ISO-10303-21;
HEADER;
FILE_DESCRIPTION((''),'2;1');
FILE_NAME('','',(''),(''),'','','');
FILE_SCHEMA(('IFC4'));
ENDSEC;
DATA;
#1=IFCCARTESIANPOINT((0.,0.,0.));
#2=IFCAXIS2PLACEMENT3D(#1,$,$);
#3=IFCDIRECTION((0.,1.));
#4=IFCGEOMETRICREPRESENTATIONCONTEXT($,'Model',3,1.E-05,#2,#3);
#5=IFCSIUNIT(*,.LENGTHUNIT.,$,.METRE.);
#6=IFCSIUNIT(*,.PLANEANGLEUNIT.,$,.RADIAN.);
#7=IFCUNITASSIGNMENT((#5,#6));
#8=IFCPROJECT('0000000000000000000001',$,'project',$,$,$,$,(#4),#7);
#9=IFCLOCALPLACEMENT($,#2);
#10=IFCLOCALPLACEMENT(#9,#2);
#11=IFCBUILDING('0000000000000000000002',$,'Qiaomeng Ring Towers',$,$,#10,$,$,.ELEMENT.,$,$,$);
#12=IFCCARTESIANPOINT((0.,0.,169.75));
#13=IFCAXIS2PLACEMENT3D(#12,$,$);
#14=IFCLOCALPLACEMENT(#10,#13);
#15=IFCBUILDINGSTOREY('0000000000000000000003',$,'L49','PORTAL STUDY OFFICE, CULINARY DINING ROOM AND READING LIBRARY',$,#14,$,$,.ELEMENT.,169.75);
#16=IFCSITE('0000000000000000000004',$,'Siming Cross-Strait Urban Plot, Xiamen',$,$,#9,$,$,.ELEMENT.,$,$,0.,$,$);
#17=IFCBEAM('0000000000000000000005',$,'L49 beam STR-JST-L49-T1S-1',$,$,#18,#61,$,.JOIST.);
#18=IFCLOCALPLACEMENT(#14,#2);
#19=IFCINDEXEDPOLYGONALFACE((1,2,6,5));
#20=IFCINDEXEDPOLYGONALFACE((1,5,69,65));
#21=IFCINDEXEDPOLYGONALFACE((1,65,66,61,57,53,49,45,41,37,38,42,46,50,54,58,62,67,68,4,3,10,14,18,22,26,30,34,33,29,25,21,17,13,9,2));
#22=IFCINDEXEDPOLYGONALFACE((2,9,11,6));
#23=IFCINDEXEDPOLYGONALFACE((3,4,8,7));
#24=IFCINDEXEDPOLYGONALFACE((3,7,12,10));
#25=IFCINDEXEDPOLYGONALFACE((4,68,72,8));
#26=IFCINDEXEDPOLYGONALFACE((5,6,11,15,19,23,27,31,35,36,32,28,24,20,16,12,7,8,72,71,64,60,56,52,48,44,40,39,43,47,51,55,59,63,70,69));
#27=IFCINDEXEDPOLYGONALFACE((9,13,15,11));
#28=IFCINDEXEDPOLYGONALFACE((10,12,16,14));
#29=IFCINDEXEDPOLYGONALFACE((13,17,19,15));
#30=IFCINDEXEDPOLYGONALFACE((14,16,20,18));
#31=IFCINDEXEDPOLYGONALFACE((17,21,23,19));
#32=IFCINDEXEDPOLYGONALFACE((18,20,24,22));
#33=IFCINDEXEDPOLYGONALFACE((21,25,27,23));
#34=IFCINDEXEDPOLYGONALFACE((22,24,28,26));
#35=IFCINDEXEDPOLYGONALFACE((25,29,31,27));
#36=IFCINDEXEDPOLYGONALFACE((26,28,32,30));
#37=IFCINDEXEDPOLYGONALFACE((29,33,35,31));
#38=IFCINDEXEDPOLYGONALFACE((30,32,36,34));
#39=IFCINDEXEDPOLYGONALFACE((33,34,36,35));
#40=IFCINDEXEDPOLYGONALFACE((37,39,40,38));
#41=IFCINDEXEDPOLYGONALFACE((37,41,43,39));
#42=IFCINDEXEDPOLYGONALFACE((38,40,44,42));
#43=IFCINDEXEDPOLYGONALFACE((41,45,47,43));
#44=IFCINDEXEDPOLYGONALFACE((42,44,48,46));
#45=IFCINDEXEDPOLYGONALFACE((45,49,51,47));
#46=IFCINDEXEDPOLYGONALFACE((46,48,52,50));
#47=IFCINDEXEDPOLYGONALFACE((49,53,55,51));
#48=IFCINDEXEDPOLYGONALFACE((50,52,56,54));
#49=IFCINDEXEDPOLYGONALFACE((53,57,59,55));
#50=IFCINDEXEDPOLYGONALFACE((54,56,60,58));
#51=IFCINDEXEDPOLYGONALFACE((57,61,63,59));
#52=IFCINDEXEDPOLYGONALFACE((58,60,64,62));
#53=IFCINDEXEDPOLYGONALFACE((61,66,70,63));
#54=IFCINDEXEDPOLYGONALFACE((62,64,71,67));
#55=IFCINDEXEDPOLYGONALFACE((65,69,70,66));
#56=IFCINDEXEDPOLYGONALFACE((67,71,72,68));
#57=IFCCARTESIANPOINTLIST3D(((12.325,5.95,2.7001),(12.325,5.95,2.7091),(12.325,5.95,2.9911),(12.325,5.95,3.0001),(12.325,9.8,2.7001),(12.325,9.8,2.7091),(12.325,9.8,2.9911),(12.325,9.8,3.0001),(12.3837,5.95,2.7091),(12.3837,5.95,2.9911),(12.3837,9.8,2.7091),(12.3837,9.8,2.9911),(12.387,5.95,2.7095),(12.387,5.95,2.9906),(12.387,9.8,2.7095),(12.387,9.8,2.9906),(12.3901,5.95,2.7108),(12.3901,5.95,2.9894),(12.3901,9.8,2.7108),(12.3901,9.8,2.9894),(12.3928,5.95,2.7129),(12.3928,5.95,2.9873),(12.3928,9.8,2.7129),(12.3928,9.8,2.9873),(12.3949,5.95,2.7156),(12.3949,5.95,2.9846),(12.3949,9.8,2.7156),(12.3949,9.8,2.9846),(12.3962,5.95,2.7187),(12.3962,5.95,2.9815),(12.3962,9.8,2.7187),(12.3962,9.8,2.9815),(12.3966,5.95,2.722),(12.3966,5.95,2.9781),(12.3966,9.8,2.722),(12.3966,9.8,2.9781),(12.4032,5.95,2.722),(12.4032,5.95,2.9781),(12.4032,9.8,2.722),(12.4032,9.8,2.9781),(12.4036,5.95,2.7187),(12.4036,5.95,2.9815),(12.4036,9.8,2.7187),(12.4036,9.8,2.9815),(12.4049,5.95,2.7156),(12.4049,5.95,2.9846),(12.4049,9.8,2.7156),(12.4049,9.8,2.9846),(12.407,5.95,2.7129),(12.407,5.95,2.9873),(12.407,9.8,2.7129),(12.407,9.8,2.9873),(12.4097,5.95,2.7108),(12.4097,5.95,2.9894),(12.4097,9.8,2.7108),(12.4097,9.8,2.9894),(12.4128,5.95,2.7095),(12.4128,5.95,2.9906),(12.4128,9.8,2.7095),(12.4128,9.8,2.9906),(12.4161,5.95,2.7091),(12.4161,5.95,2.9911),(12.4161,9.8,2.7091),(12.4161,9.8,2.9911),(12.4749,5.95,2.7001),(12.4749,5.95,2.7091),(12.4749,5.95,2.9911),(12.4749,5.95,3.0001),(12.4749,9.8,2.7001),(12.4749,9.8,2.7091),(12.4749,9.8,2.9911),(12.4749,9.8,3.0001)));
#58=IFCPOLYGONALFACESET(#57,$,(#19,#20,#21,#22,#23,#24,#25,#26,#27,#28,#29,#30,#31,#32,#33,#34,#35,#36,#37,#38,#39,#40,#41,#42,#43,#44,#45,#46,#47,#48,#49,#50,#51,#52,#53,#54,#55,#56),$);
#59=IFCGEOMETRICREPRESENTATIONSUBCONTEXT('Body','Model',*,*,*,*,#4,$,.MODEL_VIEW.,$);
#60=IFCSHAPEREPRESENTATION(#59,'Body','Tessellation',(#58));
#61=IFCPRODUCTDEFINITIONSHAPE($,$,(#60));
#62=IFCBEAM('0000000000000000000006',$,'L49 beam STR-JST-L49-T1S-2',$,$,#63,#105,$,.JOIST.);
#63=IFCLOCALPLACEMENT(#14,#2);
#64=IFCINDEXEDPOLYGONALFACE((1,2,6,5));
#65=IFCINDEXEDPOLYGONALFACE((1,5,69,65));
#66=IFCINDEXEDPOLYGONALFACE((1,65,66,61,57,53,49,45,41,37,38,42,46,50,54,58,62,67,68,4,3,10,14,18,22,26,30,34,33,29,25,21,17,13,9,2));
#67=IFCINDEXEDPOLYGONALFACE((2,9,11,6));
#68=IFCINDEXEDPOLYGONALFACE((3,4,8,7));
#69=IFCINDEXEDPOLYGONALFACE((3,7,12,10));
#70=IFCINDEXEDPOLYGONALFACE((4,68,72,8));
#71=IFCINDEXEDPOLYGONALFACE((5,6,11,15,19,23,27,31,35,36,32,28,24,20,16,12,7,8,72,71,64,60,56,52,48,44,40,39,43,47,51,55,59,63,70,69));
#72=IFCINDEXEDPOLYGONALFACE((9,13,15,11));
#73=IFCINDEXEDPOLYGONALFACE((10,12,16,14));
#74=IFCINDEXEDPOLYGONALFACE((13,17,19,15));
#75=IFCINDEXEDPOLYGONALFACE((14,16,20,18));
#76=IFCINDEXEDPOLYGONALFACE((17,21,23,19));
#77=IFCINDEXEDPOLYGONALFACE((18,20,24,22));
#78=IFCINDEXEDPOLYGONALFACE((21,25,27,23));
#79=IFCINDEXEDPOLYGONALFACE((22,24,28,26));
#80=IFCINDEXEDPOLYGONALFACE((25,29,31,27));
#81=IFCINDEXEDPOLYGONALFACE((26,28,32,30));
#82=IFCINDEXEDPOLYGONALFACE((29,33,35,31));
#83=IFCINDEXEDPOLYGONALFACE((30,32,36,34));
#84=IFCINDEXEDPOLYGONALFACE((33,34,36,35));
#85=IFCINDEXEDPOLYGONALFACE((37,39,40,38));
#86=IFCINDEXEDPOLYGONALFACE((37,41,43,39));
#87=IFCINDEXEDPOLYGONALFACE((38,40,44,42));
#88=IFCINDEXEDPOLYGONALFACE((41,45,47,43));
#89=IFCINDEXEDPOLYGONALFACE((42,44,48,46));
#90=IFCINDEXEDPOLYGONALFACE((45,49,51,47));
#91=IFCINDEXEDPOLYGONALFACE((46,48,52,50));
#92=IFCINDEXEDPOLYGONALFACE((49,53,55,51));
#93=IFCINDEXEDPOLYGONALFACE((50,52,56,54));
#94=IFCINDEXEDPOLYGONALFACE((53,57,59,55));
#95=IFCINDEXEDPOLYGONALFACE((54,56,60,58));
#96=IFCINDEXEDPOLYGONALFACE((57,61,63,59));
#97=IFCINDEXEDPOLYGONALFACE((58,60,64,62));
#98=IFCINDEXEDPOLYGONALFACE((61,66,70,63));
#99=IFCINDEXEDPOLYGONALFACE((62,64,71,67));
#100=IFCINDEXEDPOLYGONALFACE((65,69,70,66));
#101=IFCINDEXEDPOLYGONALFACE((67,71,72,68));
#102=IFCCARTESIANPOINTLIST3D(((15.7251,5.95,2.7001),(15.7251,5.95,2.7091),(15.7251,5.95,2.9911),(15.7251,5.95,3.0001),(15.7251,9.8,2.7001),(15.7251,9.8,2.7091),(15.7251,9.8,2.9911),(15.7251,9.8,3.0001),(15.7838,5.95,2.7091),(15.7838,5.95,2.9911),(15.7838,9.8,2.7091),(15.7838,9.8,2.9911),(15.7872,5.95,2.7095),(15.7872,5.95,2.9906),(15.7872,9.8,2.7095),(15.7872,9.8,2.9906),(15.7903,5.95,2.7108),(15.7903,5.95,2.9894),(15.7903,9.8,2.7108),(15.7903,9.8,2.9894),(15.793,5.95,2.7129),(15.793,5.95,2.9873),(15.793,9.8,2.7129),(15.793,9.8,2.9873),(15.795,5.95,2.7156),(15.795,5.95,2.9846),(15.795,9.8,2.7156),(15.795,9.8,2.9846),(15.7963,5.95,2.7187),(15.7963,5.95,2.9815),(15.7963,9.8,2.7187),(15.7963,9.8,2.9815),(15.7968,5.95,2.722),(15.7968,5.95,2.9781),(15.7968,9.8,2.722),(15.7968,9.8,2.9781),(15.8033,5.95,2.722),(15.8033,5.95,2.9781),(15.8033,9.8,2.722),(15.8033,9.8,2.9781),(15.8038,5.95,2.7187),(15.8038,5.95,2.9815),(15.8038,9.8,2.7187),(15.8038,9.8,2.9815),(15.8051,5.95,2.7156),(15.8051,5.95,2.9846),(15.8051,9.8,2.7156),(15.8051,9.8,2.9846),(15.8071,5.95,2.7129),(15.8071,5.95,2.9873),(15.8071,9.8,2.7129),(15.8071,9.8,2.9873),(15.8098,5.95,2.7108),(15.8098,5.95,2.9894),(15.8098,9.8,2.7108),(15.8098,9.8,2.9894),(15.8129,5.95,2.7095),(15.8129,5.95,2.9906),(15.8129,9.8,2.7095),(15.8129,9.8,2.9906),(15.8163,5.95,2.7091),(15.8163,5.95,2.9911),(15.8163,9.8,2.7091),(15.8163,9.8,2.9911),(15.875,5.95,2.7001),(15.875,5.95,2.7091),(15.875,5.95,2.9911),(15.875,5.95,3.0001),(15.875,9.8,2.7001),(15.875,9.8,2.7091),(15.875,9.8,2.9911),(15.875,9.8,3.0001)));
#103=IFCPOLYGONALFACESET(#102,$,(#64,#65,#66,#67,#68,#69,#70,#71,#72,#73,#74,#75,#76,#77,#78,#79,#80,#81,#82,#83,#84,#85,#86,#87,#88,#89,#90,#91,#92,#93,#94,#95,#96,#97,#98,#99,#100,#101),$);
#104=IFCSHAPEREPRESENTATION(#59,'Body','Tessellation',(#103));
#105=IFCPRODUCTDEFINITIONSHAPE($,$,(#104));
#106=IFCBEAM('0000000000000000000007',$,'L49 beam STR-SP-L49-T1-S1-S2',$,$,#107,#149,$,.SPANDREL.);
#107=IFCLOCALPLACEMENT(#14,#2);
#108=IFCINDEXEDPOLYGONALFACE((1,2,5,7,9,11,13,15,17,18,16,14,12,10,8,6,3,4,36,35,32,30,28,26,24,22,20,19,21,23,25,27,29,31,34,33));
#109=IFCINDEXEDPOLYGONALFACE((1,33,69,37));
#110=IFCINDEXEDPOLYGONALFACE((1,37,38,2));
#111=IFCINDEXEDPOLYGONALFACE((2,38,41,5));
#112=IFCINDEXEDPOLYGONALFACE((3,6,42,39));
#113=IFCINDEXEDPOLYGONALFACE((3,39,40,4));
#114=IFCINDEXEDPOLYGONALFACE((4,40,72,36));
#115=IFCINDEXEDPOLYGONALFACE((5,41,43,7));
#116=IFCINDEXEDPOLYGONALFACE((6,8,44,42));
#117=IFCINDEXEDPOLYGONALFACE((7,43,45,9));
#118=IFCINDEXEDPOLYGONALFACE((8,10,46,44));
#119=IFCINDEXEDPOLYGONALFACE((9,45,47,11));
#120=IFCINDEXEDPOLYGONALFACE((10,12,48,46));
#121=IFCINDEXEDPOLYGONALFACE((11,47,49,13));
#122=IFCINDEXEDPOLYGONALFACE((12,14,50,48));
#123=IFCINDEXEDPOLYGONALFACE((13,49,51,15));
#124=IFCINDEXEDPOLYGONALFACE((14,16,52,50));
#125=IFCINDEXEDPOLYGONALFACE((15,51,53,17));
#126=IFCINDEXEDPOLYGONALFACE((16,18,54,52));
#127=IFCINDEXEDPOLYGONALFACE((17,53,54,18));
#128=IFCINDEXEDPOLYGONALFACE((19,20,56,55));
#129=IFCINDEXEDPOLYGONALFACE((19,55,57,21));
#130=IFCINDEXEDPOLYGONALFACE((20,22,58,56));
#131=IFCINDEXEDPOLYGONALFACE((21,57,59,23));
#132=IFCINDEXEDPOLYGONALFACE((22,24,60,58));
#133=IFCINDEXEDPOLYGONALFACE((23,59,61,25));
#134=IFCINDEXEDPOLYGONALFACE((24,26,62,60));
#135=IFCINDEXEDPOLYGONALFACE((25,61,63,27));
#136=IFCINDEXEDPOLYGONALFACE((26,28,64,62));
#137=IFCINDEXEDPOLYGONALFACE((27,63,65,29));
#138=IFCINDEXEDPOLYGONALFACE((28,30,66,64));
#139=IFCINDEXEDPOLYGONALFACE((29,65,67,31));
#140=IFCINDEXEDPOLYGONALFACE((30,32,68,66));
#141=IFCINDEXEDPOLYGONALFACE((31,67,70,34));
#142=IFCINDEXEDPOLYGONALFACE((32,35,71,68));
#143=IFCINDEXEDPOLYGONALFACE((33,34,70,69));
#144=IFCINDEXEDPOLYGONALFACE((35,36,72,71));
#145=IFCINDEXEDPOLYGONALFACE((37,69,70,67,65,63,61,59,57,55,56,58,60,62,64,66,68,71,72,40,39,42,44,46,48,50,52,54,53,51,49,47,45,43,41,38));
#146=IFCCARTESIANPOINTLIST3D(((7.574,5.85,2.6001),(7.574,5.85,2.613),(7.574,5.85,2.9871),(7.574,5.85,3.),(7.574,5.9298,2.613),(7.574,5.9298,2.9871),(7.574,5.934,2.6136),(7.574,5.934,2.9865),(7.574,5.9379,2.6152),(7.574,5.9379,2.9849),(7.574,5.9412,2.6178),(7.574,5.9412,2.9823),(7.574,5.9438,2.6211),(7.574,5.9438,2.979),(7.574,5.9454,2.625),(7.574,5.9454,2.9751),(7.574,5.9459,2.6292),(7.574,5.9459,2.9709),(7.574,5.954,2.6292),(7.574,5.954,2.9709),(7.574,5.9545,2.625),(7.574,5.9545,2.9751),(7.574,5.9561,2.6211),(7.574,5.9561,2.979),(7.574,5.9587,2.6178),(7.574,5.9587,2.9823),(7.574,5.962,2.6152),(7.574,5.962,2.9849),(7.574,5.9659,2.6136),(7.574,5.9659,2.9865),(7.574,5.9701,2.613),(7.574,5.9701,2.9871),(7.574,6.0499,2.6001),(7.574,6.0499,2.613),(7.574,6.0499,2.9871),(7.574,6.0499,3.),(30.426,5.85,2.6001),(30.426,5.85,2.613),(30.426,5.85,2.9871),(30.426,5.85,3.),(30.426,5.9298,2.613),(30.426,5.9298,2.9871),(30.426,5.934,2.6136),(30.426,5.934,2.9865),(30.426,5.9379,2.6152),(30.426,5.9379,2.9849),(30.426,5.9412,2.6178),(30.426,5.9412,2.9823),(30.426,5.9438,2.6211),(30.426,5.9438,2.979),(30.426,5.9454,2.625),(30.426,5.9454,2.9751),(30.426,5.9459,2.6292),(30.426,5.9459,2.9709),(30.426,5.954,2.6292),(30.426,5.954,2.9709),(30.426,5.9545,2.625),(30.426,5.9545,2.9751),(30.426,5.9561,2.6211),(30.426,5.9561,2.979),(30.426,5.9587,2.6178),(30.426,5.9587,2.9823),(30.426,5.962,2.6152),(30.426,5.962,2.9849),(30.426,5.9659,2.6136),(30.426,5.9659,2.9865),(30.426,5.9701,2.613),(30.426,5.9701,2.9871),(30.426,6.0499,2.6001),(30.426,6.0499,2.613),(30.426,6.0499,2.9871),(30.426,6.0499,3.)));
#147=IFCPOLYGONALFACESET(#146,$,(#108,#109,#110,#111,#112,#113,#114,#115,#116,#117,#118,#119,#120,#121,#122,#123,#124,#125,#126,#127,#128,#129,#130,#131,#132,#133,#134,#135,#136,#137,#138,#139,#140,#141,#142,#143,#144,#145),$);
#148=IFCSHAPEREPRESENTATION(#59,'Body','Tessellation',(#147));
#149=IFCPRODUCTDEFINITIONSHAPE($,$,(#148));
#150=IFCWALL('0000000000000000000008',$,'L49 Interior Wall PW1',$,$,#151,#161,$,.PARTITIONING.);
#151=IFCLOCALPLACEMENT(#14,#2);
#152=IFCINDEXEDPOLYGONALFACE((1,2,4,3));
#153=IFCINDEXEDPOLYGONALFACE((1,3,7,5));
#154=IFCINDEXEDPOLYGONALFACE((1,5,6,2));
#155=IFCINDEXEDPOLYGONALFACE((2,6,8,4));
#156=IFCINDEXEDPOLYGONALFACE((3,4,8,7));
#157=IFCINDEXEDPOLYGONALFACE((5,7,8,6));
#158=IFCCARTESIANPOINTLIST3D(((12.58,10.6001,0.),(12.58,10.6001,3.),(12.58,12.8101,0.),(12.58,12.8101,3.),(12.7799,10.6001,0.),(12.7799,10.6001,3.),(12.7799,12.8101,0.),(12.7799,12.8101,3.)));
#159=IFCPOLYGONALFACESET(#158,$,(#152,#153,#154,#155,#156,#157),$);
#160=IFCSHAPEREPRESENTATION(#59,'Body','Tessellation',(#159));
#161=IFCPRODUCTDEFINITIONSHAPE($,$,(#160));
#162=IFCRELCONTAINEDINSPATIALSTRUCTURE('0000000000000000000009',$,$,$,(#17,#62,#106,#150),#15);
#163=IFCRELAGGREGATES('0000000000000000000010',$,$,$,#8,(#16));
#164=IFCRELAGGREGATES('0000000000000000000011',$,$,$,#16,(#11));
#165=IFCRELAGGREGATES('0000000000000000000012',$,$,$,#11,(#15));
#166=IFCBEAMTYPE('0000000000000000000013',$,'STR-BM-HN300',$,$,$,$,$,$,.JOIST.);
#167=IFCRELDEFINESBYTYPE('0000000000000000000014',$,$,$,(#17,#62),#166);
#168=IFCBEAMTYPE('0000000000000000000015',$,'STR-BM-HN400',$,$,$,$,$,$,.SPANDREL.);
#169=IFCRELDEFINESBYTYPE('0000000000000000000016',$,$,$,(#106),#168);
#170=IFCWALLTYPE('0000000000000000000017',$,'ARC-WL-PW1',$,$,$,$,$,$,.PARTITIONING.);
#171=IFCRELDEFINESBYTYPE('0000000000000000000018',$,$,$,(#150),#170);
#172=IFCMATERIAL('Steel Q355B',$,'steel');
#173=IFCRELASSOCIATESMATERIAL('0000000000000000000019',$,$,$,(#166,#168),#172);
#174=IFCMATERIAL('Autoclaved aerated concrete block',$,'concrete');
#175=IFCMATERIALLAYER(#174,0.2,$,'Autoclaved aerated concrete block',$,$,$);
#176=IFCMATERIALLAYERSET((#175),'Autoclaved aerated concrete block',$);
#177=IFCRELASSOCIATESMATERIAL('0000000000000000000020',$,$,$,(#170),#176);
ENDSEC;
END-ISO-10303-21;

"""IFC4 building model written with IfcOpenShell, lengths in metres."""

from ifc_helpers import new_model, si_unit, direction, frame, frame_2d, origin, origin_2d, place, context, subcontext, project, spatial, rectangle, i_section, extrude, source, transform, mapped, material, layer, layer_set, material_profile, profile_set, type_object, element, save


model = new_model("IFC4")

# Units and contexts
model_context = context("Model", 3, precision=1e-05, world=origin(), true_north=direction((0.0, 1.0)))
body_context = subcontext(model_context, "Body", "Model", "MODEL_VIEW")
ifc_project = project(units=[si_unit("LENGTHUNIT", "METRE"), si_unit("PLANEANGLEUNIT", "RADIAN")], contexts=[model_context])

# Site, building, storey
site_placement = place(None, origin())
site = spatial("IfcSite", under=ifc_project, at=site_placement, Name="Siming Cross-Strait Urban Plot, Xiamen", CompositionType="ELEMENT", RefElevation=0.0)
building_placement = place(site_placement, origin())
building = spatial("IfcBuilding", under=site, at=building_placement, Name="Qiaomeng Ring Towers", CompositionType="ELEMENT")
storey_placement = place(building_placement, frame((0.0, 0.0, 169.75)))
storey = spatial("IfcBuildingStorey", under=building, at=storey_placement, Name="L49", Description="PORTAL STUDY OFFICE, CULINARY DINING ROOM AND READING LIBRARY", CompositionType="ELEMENT", Elevation=169.75)

# Beams
ifc_material_1 = material(Name="Steel Q355B", Category="steel")
ifc_material_profile_1 = material_profile(ifc_material_1, i_section(OverallWidth=0.1499, OverallDepth=0.3, WebThickness=0.0066, FlangeThickness=0.009, FilletRadius=0.0129, at=origin_2d()), Name="HN 300x150x6.5x9")
ifc_profile_set_1 = profile_set([ifc_material_profile_1], Name="Steel Q355B")
beam_type_1 = type_object("IfcBeamType", Name="STR-BM-HN300", PredefinedType="JOIST", material=ifc_profile_set_1)
shared_shape_1 = source(origin(), body_context, "Body", "SweptSolid", [
    extrude(i_section(OverallWidth=0.1499, OverallDepth=0.3, WebThickness=0.0066, FlangeThickness=0.009, FilletRadius=0.0129, at=origin_2d()), origin(), (0.0, 0.0, 1.0), 3.8501),
])
for number, where, z_axis, x_axis, name in (
    (1, (12.3999, 5.95, 2.8501), (0.0, 1.0, 0.0), (-1.0, 0.0, 0.0), "L49 beam STR-JST-L49-T1S-1"),
    (2, (15.8, 5.95, 2.8501), (0.0, 1.0, 0.0), (-1.0, 0.0, 0.0), "L49 beam STR-JST-L49-T1S-2"),
):
    element("IfcBeam", number, at=place(storey_placement, frame(where, z_axis=z_axis, x_axis=x_axis)), inside=storey, type_object=beam_type_1, Name=name, PredefinedType="JOIST", context=body_context, shape_type="MappedRepresentation", body=[
        mapped(shared_shape_1, transform((0.0, 0.0, 0.0), x_axis=(1.0, 0.0, 0.0), y_axis=(0.0, 1.0, 0.0), z_axis=(0.0, 0.0, 1.0), scale=1.0)),
    ])
ifc_material_profile_2 = material_profile(ifc_material_1, i_section(OverallWidth=0.2, OverallDepth=0.3999, WebThickness=0.0081, FlangeThickness=0.0129, FilletRadius=0.0161, at=origin_2d()), Name="HN 400x200x8x13")
ifc_profile_set_2 = profile_set([ifc_material_profile_2], Name="Steel Q355B")
beam_type_2 = type_object("IfcBeamType", Name="STR-BM-HN400", PredefinedType="SPANDREL", material=ifc_profile_set_2)
shared_shape_2 = source(origin(), body_context, "Body", "SweptSolid", [
    extrude(i_section(OverallWidth=0.2, OverallDepth=0.3999, WebThickness=0.0081, FlangeThickness=0.0129, FilletRadius=0.0161, at=origin_2d()), origin(), (0.0, 0.0, 1.0), 22.8521),
])
beam_placement = place(storey_placement, frame((7.574, 5.95, 2.8), z_axis=(1.0, 0.0, 0.0), x_axis=(0.0, 1.0, 0.0)))
element("IfcBeam", 3, at=beam_placement, inside=storey, type_object=beam_type_2, Name="L49 beam STR-SP-L49-T1-S1-S2", PredefinedType="SPANDREL", context=body_context, shape_type="MappedRepresentation", body=[
    mapped(shared_shape_2, transform((0.0, 0.0, 0.0), x_axis=(1.0, 0.0, 0.0), y_axis=(0.0, 1.0, 0.0), z_axis=(0.0, 0.0, 1.0), scale=1.0)),
])

# Wall
ifc_material_2 = material(Name="Autoclaved aerated concrete block", Category="concrete")
ifc_layer_1 = layer(ifc_material_2, 0.2, Name="Autoclaved aerated concrete block")
ifc_layer_set_1 = layer_set([ifc_layer_1], Name="Autoclaved aerated concrete block")
wall_type_1 = type_object("IfcWallType", Name="ARC-WL-PW1", PredefinedType="PARTITIONING", material=ifc_layer_set_1)
wall_1_placement = place(storey_placement, frame((12.6799, 10.6001, 0.0), z_axis=(0.0, 0.0, 1.0), x_axis=(0.0, 1.0, 0.0)))
element("IfcWall", 4, at=wall_1_placement, inside=storey, type_object=wall_type_1, Name="L49 Interior Wall PW1", PredefinedType="PARTITIONING", context=body_context, shape_type="SweptSolid", body=[
    extrude(rectangle(XDim=2.21, YDim=0.2, at=frame_2d((1.105, 0.0))), origin(), (0.0, 0.0, 1.0), 3.0),
])

save(model, "model.ifc")
